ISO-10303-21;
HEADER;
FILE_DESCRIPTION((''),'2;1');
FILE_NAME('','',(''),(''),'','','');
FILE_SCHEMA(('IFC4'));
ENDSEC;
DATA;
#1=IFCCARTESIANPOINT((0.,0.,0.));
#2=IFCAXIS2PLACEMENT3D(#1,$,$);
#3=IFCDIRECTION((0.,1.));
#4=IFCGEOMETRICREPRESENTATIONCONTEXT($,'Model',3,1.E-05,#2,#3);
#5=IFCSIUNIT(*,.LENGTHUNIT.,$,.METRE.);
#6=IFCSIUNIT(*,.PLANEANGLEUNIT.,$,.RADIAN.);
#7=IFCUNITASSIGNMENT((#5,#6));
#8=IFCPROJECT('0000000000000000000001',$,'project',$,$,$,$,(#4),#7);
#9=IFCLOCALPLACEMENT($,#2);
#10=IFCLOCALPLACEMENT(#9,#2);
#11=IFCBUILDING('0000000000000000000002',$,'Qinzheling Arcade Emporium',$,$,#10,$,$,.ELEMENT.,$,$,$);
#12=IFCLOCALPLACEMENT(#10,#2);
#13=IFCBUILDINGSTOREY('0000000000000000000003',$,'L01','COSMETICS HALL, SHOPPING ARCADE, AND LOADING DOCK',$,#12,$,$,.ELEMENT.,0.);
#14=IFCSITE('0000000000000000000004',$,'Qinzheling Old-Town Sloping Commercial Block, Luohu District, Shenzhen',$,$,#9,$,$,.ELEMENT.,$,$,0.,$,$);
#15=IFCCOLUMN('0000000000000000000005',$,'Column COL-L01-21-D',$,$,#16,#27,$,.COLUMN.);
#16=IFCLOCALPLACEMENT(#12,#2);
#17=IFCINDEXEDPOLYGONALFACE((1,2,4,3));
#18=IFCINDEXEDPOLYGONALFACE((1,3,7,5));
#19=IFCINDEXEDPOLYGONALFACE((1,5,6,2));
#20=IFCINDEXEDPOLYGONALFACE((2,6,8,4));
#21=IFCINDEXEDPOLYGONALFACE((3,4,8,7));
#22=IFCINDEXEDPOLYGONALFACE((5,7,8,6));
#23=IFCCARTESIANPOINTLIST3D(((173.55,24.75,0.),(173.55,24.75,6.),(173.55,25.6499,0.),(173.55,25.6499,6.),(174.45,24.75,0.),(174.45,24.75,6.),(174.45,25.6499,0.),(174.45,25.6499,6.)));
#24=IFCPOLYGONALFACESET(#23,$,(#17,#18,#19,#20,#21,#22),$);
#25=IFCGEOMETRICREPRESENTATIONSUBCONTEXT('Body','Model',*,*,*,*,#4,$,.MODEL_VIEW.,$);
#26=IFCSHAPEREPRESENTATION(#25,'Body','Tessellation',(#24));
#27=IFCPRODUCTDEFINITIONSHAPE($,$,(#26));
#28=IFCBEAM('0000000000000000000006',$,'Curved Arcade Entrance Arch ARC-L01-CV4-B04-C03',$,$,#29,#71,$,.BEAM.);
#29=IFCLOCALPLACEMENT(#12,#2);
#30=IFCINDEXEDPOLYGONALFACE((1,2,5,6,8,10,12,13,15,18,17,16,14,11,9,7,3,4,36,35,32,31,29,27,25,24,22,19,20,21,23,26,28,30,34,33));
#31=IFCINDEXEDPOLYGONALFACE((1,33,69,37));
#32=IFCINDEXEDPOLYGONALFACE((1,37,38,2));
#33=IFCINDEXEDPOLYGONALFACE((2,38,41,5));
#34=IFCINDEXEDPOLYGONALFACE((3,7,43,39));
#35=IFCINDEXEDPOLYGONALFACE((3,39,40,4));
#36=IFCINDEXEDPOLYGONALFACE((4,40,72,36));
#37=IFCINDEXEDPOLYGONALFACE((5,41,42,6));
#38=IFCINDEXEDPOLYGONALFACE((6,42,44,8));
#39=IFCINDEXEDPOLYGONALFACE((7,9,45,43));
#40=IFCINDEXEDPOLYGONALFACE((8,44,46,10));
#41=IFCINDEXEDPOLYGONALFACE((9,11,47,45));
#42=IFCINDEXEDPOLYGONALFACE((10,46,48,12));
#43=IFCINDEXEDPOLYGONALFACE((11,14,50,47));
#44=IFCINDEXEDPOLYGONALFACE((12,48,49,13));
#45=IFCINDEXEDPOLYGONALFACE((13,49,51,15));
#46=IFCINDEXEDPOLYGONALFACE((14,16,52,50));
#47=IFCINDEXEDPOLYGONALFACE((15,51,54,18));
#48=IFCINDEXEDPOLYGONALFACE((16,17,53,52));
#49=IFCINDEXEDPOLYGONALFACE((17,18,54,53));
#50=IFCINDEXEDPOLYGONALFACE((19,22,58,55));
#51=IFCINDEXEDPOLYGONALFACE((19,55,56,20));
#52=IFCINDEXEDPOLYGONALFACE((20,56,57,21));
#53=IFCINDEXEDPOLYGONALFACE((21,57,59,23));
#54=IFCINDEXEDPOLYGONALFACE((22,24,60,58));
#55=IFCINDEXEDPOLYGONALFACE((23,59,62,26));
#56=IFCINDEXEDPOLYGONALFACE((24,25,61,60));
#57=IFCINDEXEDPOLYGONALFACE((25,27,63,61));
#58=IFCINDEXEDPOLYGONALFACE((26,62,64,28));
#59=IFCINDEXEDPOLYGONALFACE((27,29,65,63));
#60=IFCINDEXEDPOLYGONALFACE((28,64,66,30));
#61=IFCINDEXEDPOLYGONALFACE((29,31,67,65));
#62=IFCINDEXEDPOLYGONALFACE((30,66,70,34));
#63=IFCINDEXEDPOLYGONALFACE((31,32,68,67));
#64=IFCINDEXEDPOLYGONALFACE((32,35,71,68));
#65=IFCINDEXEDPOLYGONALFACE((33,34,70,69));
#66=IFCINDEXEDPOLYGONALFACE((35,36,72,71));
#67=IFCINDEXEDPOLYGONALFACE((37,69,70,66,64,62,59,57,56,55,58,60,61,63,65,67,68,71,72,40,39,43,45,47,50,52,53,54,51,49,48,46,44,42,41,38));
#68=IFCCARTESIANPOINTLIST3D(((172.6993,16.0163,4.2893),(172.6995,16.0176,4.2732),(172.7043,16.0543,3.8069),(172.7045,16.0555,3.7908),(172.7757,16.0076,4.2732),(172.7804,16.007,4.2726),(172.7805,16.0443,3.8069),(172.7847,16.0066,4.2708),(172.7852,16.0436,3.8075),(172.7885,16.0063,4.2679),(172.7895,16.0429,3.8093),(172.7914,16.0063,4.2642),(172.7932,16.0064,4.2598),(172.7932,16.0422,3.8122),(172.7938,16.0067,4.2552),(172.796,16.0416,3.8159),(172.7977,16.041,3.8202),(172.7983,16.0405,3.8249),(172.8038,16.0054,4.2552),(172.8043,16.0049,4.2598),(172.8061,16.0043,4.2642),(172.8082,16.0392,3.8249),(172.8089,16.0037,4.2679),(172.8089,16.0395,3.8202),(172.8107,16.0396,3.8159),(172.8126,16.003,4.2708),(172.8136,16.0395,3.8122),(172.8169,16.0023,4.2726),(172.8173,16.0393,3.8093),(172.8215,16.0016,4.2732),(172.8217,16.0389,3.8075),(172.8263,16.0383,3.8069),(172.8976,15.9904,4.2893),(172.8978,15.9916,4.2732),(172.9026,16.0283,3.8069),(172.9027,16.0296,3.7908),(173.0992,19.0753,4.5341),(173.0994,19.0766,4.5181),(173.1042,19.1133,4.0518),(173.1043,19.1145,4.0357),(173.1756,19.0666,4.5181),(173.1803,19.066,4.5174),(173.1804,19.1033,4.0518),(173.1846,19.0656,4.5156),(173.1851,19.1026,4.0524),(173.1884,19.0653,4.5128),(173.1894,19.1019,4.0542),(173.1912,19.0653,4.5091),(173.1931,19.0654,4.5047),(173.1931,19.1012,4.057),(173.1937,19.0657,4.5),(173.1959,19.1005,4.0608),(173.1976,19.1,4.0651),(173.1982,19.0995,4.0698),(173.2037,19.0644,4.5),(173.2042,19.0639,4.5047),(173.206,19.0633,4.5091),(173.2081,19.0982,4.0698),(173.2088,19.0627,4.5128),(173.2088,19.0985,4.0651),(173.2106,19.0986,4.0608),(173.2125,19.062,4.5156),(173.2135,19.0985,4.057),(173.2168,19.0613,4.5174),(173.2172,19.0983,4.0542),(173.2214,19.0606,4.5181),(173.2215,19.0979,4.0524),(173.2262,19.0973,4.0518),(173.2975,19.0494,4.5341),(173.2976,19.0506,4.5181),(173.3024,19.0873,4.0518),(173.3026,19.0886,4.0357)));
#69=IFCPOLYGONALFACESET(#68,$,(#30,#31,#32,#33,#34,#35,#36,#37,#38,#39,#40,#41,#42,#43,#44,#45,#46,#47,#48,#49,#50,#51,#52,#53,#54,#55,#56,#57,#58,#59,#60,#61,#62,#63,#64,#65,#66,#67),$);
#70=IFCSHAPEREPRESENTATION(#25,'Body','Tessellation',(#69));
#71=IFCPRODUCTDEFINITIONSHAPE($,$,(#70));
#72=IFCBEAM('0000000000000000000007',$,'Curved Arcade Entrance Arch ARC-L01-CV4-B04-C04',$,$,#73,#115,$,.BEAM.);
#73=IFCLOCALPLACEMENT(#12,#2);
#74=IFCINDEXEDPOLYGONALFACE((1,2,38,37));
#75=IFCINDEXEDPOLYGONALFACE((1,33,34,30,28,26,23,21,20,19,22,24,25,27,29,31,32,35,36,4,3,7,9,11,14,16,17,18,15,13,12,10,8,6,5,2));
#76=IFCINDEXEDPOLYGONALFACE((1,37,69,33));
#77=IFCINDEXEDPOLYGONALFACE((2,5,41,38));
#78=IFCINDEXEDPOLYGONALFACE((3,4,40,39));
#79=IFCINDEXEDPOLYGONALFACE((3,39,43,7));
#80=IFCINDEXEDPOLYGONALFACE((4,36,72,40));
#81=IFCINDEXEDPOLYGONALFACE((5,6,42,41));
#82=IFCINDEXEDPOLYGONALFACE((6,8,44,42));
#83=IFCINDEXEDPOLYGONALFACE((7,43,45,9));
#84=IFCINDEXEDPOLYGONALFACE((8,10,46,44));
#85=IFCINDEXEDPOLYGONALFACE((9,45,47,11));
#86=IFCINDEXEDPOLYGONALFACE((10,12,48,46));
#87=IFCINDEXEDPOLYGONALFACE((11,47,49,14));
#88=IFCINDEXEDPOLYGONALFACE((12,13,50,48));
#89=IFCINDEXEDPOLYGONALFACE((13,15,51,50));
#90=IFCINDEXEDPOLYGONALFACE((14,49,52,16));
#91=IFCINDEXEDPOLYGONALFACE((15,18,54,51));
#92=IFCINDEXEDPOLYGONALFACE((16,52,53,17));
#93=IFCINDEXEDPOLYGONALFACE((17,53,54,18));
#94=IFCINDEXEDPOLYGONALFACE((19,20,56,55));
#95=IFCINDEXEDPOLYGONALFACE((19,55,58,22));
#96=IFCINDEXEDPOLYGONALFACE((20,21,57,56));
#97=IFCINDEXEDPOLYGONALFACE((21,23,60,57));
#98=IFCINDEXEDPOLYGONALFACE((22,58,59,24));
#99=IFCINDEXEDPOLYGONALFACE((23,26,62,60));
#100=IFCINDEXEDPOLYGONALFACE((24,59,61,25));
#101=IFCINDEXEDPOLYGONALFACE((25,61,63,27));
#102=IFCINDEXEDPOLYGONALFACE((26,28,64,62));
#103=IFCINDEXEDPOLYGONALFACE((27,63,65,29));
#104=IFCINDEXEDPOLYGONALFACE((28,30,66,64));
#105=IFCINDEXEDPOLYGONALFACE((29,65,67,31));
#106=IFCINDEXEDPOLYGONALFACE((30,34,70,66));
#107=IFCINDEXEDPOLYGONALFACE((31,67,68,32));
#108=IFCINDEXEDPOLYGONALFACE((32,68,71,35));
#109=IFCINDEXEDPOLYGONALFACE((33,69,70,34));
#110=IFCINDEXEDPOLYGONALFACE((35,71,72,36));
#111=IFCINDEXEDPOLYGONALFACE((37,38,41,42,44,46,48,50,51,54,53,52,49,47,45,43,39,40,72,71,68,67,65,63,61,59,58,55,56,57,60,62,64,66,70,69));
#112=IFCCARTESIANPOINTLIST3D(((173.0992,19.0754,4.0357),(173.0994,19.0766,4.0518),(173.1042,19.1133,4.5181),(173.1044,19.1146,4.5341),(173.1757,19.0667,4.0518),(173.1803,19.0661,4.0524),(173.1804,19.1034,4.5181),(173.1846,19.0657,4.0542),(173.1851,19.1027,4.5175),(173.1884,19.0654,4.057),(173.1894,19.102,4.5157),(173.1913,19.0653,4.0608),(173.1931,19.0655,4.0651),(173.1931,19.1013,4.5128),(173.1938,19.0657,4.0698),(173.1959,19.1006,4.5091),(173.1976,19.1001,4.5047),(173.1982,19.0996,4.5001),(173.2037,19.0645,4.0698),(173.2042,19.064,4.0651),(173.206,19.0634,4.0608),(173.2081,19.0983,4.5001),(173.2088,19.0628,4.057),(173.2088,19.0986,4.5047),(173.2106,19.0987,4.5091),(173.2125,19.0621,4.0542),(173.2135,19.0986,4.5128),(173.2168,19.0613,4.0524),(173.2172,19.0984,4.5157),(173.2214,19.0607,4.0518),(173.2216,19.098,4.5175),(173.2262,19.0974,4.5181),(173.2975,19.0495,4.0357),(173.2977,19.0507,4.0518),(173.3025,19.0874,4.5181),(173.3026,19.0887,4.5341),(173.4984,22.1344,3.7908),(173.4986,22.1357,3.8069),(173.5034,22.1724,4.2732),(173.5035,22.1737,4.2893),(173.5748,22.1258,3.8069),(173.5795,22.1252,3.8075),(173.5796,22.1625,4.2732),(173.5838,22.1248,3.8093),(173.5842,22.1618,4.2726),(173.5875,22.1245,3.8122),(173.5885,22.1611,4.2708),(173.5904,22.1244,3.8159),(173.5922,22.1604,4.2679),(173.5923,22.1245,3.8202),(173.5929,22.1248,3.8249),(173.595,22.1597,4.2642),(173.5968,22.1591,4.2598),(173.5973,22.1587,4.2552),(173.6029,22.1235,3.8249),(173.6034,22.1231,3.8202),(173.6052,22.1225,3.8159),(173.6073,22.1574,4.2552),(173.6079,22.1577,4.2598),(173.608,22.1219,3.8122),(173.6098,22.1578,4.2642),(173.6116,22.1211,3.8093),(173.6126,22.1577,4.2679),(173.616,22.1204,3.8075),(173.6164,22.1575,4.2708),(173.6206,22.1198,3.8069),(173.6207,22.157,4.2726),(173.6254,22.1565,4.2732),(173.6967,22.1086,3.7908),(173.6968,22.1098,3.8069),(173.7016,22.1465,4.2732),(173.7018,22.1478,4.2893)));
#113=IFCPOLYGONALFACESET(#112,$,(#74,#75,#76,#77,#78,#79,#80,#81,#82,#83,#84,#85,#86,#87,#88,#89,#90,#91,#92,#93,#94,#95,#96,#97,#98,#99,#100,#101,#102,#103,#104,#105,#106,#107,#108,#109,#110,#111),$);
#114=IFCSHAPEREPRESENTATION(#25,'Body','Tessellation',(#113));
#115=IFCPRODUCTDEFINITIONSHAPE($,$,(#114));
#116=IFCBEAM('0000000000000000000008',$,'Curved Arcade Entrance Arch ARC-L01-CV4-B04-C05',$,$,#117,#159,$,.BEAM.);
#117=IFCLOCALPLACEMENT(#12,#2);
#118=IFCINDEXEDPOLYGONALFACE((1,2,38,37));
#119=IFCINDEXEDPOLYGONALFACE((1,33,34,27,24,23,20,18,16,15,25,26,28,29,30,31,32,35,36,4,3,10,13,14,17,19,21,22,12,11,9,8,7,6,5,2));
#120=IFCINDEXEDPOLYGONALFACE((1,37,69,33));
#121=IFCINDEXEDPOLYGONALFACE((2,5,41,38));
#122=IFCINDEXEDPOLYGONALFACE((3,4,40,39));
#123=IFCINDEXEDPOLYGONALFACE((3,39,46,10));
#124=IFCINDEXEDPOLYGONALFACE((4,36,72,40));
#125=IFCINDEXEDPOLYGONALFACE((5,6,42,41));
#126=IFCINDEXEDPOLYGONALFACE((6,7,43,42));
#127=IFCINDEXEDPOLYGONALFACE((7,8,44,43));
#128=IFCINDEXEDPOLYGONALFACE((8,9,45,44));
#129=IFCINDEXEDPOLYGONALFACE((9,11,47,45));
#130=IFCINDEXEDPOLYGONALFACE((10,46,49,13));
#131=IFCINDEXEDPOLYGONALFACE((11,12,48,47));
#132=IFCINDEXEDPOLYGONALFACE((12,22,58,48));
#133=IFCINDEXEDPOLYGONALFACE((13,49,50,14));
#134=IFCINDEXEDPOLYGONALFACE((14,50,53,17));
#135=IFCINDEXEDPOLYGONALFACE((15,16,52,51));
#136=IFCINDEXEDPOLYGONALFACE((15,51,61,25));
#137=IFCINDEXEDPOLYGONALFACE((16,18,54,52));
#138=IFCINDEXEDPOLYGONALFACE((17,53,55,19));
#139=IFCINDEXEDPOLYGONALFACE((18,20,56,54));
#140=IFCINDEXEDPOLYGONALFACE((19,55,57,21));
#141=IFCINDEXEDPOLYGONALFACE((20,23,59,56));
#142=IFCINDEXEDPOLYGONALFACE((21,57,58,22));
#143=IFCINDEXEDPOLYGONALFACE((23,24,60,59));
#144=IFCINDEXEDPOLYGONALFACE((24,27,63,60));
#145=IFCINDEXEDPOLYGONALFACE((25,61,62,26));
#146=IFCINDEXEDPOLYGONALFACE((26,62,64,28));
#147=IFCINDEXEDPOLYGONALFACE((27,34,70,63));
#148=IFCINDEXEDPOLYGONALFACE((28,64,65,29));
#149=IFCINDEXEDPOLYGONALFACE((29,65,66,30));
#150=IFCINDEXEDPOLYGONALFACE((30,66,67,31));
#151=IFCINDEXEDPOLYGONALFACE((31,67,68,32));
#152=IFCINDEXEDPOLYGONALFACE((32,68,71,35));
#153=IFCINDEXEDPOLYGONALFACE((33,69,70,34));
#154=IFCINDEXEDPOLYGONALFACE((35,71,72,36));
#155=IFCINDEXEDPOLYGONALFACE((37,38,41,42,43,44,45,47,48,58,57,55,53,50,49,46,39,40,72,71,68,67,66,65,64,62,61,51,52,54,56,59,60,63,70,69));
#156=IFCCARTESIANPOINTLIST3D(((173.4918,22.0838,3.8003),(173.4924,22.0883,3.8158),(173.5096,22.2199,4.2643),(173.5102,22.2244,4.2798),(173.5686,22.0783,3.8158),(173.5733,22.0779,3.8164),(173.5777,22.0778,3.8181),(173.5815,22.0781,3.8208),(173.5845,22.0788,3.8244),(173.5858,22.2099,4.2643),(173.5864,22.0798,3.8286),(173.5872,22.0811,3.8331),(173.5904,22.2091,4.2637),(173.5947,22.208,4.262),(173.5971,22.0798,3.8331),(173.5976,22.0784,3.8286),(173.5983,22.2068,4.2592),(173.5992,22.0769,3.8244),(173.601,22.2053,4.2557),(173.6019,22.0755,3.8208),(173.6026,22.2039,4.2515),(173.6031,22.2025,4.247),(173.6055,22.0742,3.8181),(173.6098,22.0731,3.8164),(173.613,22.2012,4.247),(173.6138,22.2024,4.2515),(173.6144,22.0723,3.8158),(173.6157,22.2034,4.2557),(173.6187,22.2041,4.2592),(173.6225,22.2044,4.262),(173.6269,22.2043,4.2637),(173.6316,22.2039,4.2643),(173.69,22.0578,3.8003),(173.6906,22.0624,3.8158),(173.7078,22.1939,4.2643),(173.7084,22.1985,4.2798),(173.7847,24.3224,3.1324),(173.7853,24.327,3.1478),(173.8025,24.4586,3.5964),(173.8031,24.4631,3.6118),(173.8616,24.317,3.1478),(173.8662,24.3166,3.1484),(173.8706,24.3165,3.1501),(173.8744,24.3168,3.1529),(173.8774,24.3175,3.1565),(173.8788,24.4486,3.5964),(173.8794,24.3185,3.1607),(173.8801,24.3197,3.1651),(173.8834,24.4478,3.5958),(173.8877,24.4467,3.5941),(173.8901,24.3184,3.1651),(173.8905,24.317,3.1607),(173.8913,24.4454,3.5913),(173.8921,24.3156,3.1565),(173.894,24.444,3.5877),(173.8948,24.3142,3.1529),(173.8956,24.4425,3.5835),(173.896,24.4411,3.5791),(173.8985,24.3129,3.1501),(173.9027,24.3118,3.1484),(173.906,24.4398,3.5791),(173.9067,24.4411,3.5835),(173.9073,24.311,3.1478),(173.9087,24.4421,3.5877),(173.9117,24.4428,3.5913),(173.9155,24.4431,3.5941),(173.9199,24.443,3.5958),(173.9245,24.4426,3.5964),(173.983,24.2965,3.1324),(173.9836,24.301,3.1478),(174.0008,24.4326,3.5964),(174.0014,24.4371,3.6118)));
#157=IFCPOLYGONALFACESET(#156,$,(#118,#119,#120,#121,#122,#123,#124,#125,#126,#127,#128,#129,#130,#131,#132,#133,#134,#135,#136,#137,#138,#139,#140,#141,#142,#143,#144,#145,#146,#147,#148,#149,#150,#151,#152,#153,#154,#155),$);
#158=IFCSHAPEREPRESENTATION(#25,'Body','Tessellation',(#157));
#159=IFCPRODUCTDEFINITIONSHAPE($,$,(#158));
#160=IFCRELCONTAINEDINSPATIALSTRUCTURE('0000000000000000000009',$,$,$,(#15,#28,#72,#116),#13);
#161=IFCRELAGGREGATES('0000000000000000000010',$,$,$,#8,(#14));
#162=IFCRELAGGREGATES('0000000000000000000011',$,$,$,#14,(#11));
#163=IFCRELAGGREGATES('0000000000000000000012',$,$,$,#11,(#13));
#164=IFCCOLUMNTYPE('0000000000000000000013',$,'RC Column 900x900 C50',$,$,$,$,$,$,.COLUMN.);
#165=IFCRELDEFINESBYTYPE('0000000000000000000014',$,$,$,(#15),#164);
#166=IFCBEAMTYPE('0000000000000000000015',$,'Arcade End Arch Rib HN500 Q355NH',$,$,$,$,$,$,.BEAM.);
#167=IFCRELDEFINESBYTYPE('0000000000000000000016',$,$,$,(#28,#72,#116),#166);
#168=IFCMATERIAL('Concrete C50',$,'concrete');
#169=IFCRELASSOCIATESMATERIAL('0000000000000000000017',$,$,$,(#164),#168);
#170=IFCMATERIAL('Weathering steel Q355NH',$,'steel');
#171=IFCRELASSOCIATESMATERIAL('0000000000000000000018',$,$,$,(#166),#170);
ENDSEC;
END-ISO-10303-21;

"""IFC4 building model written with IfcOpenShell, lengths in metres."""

from ifc_helpers import new_model, si_unit, direction, frame, origin, origin_2d, place, context, subcontext, project, spatial, rectangle, i_section, extrude, material, material_profile, profile_set, type_object, element, save


model = new_model("IFC4")

# Units and contexts
model_context = context("Model", 3, precision=1e-05, world=origin(), true_north=direction((0.0, 1.0)))
body_context = subcontext(model_context, "Body", "Model", "MODEL_VIEW")
ifc_project = project(units=[si_unit("LENGTHUNIT", "METRE"), si_unit("PLANEANGLEUNIT", "RADIAN")], contexts=[model_context])

# Site, building, storey
site_placement = place(None, origin())
site = spatial("IfcSite", under=ifc_project, at=site_placement, Name="Qinzheling Old-Town Sloping Commercial Block, Luohu District, Shenzhen", CompositionType="ELEMENT", RefElevation=0.0)
building_placement = place(site_placement, origin())
building = spatial("IfcBuilding", under=site, at=building_placement, Name="Qinzheling Arcade Emporium", CompositionType="ELEMENT")
storey_placement = place(building_placement, origin())
storey = spatial("IfcBuildingStorey", under=building, at=storey_placement, Name="L01", Description="COSMETICS HALL, SHOPPING ARCADE, AND LOADING DOCK", CompositionType="ELEMENT", Elevation=0.0)

# Column
ifc_material_1 = material(Name="Concrete C50", Category="concrete")
ifc_material_profile_1 = material_profile(ifc_material_1, rectangle(XDim=0.8999, YDim=0.8999, at=origin_2d()), Name="RC 900x900", Category="concrete")
ifc_profile_set_1 = profile_set([ifc_material_profile_1], Name="Concrete C50")
column_type = type_object("IfcColumnType", Name="RC Column 900x900 C50", PredefinedType="COLUMN", material=ifc_profile_set_1)
column_placement = place(storey_placement, frame((174.0, 25.2, 0.0), z_axis=(0.0, 0.0, 1.0), x_axis=(1.0, 0.0, 0.0)))
element("IfcColumn", 1, at=column_placement, inside=storey, type_object=column_type, Name="Column COL-L01-21-D", PredefinedType="COLUMN", context=body_context, shape_type="SweptSolid", body=[
    extrude(rectangle(XDim=0.8999, YDim=0.8999, at=origin_2d()), origin(), (0.0, 0.0, 1.0), 6.0),
])

# Beams
ifc_material_2 = material(Name="Weathering steel Q355NH", Category="steel")
ifc_material_profile_2 = material_profile(ifc_material_2, i_section(OverallWidth=0.2, OverallDepth=0.5, WebThickness=0.01, FlangeThickness=0.0161, FilletRadius=0.0181, at=origin_2d()), Name="HN 500x200x10x16", Category="steel")
ifc_profile_set_2 = profile_set([ifc_material_profile_2], Name="Weathering steel Q355NH")
beam_type = type_object("IfcBeamType", Name="Arcade End Arch Rib HN500 Q355NH", PredefinedType="BEAM", material=ifc_profile_set_2)
for number, where, z_axis, x_axis, name in (
    (2, (172.801, 16.0229, 4.04), (0.129217, 0.988455, 0.079124), (-0.991563, 0.129623, 0.0), "Curved Arcade Entrance Arch ARC-L01-CV4-B04-C03"),
    (3, (173.2009, 19.082, 4.2849), (0.128984, 0.988485, -0.079126), (-0.991594, 0.12939, 0.0), "Curved Arcade Entrance Arch ARC-L01-CV4-B04-C04"),
):
    element("IfcBeam", number, at=place(storey_placement, frame(where, z_axis=z_axis, x_axis=x_axis)), inside=storey, type_object=beam_type, Name=name, PredefinedType="BEAM", context=body_context, shape_type="SweptSolid", body=[
        extrude(i_section(OverallWidth=0.2, OverallDepth=0.5, WebThickness=0.01, FlangeThickness=0.0161, FilletRadius=0.0181, at=origin_2d()), origin(), (0.0, 0.0, 1.0), 3.0947),
    ])
beam_1_placement = place(storey_placement, frame((173.6001, 22.1411, 4.04), z_axis=(0.124424, 0.95081, -0.283688), x_axis=(-0.991546, 0.129755, 0.0)))
element("IfcBeam", 4, at=beam_1_placement, inside=storey, type_object=beam_type, Name="Curved Arcade Entrance Arch ARC-L01-CV4-B04-C05", PredefinedType="BEAM", context=body_context, shape_type="SweptSolid", body=[
    extrude(i_section(OverallWidth=0.2, OverallDepth=0.5, WebThickness=0.01, FlangeThickness=0.0161, FilletRadius=0.0181, at=origin_2d()), origin(), (0.0, 0.0, 1.0), 2.3545),
])

save(model, "model.ifc")
